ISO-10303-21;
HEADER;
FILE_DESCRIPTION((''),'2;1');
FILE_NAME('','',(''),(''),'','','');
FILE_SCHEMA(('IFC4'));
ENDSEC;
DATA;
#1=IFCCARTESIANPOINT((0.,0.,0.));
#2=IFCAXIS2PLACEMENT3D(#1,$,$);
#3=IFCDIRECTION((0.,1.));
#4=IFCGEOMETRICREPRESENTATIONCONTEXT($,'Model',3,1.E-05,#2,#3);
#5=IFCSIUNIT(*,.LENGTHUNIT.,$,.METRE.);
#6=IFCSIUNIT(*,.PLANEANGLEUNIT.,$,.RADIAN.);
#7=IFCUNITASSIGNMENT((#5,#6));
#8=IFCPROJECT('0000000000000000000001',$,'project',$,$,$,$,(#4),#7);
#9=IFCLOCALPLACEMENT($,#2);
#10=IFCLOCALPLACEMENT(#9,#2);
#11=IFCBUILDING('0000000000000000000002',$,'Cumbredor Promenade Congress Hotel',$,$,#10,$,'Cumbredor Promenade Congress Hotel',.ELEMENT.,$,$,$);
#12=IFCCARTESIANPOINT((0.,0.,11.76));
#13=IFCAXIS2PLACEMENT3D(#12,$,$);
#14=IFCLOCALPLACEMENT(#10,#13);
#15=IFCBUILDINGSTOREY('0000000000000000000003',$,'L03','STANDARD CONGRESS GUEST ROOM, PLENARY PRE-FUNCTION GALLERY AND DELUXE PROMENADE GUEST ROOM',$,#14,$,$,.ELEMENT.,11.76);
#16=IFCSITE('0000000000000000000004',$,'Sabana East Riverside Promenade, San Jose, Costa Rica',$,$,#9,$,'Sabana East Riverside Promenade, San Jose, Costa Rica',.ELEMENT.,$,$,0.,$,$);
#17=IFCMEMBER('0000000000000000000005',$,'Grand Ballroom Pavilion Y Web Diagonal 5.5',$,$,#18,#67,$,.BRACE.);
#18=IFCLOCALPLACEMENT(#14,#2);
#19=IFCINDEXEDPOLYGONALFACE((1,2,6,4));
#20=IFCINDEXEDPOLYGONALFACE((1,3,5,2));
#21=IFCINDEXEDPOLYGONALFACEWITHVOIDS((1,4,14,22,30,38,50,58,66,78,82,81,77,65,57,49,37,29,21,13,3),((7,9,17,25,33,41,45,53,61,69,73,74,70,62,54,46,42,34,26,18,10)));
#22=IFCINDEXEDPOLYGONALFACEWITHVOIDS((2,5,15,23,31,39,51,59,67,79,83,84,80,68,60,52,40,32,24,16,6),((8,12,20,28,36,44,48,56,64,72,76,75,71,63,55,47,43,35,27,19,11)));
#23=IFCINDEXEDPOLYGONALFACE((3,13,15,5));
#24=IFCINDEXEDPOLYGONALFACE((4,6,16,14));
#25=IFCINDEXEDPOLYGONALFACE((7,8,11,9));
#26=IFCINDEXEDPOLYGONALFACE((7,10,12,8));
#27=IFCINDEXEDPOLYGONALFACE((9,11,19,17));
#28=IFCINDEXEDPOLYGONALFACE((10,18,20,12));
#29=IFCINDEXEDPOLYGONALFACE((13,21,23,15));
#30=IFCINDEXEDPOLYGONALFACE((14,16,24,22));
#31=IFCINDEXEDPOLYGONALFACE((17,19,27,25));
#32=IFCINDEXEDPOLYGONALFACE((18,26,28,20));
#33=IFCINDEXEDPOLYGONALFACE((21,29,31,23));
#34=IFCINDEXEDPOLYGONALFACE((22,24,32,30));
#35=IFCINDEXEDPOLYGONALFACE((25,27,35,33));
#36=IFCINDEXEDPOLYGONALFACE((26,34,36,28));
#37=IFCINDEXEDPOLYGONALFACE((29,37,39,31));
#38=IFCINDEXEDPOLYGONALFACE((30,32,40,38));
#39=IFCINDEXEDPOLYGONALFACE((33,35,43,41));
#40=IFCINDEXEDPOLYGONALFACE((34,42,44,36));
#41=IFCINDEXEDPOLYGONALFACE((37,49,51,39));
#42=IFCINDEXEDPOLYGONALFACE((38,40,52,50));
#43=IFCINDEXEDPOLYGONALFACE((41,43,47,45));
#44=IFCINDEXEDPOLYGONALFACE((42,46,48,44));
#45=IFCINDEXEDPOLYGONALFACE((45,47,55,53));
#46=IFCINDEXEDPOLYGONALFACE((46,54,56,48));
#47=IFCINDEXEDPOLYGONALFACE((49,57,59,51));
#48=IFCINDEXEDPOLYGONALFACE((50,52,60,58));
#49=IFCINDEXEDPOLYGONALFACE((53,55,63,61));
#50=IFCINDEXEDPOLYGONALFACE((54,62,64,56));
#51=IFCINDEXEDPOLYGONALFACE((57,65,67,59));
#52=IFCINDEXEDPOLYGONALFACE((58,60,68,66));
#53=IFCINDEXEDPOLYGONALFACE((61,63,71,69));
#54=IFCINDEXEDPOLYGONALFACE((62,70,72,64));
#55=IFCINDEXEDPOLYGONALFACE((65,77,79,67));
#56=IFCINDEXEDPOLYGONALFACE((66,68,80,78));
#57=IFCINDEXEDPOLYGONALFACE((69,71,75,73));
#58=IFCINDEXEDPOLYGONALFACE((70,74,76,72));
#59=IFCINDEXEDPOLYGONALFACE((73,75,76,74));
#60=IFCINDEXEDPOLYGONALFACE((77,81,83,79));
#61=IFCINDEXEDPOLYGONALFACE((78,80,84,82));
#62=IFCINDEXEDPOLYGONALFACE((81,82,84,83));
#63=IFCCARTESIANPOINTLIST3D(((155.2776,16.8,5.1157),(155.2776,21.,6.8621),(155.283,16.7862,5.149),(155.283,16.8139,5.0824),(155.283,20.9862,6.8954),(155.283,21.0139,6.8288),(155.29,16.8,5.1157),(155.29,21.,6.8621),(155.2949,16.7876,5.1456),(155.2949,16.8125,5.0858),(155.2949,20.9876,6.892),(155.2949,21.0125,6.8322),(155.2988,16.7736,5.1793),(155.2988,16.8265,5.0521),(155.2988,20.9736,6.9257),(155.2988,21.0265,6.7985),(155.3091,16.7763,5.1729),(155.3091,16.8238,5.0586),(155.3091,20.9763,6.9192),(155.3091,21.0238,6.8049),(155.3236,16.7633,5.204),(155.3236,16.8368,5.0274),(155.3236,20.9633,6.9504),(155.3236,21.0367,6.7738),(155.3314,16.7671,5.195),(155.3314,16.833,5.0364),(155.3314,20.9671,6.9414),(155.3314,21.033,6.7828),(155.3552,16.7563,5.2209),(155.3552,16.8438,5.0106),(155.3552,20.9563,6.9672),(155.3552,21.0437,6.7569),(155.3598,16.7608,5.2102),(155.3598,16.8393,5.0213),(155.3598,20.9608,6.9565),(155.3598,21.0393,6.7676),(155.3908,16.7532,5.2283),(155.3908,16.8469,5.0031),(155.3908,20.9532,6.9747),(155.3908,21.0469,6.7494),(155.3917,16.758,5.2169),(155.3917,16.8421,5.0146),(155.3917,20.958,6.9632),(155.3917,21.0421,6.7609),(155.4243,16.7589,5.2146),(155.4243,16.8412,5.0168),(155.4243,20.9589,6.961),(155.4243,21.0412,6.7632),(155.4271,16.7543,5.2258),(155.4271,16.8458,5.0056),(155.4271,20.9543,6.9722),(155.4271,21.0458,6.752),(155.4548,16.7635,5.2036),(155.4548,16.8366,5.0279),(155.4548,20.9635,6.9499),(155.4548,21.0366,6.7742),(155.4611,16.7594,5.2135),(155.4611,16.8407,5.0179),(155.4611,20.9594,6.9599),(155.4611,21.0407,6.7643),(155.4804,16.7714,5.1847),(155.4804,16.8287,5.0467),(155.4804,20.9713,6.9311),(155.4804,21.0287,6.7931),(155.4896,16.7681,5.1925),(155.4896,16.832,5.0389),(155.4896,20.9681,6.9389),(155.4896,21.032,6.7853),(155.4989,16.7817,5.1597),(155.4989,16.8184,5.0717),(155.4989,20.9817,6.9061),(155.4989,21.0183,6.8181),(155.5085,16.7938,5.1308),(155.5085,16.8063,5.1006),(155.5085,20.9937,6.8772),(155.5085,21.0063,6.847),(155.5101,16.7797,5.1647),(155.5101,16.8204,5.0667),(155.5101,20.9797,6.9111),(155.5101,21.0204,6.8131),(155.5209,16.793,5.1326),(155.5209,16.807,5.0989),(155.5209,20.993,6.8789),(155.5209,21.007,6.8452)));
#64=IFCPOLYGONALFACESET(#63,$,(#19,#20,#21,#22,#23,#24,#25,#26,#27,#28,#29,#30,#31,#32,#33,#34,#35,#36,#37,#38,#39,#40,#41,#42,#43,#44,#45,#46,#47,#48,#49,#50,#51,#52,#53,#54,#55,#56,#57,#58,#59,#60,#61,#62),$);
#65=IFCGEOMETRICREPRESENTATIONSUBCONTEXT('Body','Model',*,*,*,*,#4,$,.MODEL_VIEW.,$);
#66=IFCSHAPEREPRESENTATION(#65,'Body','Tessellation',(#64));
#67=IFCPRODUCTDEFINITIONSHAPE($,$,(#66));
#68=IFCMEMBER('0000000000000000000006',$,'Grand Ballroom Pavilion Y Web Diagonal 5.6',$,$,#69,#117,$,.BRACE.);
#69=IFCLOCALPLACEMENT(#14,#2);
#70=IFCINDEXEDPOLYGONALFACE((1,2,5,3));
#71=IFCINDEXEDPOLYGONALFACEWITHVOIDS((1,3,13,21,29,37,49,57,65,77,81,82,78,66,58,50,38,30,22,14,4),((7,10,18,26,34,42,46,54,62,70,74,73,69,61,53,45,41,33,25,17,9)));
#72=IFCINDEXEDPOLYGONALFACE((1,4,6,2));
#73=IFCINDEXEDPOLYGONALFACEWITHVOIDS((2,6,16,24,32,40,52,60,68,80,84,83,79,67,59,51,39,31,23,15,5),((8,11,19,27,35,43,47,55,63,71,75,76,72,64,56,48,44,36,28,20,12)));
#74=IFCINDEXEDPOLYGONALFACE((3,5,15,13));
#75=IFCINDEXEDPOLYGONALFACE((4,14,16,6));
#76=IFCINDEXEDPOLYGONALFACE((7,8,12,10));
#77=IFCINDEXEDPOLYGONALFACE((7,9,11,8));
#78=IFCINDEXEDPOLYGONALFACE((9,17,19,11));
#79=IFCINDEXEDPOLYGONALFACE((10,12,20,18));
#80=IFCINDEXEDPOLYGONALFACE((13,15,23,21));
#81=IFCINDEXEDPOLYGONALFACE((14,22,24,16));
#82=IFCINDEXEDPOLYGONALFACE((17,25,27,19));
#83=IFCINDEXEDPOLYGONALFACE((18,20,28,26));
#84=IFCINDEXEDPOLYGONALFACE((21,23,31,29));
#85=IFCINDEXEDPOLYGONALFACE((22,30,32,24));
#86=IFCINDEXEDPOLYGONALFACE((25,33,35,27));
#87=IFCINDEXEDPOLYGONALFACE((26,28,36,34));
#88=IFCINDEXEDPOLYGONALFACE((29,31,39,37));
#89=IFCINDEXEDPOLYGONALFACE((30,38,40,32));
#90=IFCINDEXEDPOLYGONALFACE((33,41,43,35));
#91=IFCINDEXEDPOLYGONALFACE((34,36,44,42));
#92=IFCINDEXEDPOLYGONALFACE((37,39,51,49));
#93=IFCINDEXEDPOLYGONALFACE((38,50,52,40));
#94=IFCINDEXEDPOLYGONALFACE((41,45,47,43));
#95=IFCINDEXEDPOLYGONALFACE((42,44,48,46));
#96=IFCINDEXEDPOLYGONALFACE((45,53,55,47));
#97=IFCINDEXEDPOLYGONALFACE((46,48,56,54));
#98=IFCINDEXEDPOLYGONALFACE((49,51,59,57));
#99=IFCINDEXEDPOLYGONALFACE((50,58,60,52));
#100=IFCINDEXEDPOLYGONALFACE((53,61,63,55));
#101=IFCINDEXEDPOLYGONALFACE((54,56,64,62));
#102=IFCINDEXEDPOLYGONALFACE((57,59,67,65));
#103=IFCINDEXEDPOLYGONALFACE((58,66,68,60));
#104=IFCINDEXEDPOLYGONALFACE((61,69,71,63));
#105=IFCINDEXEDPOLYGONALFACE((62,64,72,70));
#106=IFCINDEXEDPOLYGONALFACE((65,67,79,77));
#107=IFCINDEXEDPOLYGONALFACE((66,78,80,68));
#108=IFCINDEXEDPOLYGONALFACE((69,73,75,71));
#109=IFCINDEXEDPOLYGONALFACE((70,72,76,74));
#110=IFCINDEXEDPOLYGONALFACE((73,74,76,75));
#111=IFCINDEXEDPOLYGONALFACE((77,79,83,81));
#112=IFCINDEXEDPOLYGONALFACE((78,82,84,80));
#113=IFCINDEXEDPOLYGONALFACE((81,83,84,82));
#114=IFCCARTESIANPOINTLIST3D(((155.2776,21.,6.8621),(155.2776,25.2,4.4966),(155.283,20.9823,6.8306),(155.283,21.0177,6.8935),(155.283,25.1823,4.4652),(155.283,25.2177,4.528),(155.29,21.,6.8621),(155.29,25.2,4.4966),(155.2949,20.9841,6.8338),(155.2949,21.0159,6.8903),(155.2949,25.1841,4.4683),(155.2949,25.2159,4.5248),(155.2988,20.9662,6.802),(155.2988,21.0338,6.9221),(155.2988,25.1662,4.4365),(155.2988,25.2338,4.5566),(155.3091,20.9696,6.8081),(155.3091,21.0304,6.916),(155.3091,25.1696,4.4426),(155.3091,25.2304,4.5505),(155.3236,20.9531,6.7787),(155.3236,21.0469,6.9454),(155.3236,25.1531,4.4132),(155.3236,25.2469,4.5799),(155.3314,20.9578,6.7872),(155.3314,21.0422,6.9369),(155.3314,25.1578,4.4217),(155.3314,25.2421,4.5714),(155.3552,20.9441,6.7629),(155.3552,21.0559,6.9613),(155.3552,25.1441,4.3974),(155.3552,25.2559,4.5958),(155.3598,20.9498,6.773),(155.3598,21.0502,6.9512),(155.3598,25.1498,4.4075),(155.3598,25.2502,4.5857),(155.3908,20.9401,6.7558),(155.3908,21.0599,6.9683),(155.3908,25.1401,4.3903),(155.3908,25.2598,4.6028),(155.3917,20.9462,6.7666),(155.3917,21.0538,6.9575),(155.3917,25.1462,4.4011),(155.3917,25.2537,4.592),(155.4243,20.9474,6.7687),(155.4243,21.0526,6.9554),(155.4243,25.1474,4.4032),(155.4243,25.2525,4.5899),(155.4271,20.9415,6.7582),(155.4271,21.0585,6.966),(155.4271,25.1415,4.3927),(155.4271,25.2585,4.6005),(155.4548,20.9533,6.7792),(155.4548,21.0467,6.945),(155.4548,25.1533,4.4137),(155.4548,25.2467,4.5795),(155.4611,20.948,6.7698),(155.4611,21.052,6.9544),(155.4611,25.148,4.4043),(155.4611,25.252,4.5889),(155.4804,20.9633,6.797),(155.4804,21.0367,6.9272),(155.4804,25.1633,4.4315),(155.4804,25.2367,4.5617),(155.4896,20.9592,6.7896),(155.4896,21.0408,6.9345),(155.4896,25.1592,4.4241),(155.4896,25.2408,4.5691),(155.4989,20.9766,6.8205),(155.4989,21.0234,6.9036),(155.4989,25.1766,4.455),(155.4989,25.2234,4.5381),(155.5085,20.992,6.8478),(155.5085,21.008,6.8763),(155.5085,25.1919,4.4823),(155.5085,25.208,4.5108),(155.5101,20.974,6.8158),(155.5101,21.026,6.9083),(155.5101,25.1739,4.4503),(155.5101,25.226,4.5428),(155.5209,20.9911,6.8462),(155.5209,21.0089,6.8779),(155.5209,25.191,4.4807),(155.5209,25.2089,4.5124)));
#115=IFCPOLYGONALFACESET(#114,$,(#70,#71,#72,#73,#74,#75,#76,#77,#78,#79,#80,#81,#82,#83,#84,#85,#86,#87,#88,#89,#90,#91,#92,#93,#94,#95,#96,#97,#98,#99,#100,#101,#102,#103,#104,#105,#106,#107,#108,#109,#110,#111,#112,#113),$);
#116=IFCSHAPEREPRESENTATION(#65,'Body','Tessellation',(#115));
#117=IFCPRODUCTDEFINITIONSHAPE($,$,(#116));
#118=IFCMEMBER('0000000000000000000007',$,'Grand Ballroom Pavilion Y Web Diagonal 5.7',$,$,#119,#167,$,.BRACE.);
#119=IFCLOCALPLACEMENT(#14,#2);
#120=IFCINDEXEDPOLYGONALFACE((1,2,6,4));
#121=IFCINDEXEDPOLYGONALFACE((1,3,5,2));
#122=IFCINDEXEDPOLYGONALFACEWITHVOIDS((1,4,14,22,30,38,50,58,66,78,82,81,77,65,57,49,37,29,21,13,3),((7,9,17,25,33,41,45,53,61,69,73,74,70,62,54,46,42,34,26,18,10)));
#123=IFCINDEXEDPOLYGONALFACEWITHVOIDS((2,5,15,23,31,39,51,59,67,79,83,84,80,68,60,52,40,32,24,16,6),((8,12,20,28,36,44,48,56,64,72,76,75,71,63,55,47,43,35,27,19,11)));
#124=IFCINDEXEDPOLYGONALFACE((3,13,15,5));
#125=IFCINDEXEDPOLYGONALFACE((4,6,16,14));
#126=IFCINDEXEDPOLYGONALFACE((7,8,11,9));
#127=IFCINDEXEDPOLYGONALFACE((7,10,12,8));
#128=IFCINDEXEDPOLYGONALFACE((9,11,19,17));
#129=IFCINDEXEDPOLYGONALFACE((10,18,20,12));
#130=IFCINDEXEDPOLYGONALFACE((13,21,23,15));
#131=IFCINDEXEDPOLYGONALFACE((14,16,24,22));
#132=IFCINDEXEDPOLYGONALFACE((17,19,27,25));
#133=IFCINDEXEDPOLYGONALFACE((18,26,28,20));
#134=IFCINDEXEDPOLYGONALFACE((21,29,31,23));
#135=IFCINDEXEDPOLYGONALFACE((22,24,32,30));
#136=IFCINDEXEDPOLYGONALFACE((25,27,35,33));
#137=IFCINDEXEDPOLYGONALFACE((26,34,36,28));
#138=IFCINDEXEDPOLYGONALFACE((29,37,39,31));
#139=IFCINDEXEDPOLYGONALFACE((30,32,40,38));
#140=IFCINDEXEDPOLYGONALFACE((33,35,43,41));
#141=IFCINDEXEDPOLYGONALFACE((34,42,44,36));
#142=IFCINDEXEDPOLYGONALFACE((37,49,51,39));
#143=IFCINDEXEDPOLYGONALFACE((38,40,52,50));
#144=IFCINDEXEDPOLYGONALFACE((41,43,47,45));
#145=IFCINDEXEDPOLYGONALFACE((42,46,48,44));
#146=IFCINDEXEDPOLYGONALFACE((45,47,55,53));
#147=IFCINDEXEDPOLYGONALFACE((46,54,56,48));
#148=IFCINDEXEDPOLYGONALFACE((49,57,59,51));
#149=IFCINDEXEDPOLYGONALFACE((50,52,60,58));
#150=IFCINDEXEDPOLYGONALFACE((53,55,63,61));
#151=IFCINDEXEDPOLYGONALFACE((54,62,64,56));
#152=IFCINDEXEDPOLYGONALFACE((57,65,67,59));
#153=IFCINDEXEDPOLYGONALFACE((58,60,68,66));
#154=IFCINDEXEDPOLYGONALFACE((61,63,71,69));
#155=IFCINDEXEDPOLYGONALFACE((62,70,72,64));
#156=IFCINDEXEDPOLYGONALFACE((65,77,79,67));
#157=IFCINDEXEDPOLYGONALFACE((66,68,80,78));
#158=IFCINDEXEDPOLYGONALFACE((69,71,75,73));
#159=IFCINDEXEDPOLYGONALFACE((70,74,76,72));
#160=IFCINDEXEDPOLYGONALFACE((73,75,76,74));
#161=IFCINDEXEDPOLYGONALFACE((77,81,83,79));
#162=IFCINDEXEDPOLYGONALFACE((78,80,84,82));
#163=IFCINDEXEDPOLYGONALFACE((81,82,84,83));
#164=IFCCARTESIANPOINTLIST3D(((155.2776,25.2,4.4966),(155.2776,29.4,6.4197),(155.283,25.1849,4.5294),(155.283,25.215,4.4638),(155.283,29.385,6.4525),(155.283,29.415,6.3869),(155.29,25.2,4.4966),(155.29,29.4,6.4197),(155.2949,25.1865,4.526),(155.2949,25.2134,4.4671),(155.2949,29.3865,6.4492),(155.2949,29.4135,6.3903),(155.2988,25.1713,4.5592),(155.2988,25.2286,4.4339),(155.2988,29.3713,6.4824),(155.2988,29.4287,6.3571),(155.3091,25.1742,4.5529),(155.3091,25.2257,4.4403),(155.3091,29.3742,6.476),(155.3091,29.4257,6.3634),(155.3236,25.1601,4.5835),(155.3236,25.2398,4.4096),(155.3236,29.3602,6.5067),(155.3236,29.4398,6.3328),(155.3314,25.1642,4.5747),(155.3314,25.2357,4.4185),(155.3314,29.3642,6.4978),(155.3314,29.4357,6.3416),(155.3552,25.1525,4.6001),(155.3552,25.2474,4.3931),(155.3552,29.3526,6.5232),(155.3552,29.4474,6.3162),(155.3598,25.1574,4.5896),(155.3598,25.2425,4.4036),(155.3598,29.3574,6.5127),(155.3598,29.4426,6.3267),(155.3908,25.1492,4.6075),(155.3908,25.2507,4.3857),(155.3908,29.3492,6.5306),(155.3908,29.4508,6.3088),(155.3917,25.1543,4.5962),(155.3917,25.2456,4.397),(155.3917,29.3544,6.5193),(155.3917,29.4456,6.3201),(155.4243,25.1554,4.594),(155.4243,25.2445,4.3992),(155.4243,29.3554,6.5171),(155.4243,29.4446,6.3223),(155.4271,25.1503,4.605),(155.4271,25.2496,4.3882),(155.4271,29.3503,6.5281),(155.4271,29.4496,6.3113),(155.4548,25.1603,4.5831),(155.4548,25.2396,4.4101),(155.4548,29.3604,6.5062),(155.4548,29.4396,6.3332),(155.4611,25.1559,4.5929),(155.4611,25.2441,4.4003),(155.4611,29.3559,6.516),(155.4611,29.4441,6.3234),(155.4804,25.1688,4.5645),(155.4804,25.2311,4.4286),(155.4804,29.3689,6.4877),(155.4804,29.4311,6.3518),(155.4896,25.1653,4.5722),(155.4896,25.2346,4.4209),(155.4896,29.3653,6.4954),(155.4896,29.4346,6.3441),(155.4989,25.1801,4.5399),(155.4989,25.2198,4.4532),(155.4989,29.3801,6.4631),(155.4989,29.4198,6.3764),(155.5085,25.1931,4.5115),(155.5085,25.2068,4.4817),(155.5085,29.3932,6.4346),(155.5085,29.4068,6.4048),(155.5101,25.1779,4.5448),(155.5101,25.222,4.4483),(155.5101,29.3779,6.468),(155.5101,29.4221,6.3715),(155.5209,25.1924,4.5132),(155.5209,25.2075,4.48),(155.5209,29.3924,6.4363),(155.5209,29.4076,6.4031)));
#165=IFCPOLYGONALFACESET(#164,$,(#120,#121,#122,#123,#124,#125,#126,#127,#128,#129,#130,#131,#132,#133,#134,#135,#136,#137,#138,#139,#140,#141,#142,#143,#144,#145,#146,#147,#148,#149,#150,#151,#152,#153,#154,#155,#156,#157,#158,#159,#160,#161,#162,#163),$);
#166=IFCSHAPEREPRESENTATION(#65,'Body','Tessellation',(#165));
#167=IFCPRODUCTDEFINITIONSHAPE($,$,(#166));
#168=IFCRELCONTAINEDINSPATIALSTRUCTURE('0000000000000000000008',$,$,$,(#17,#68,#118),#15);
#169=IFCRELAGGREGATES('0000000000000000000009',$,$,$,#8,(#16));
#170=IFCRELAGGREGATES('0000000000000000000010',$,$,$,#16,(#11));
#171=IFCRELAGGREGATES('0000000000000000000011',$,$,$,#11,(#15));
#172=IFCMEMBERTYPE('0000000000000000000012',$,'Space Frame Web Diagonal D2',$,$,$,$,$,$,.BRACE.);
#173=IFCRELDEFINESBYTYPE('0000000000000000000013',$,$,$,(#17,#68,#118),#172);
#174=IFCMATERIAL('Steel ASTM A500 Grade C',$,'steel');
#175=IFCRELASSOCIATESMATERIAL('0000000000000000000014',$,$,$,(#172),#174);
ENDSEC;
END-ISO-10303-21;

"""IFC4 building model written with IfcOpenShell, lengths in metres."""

from ifc_helpers import new_model, si_unit, direction, frame, origin, origin_2d, place, context, subcontext, project, spatial, hollow_circle, extrude, material, material_profile, profile_set, type_object, element, save


model = new_model("IFC4")

# Units and contexts
model_context = context("Model", 3, precision=1e-05, world=origin(), true_north=direction((0.0, 1.0)))
body_context = subcontext(model_context, "Body", "Model", "MODEL_VIEW")
ifc_project = project(units=[si_unit("LENGTHUNIT", "METRE"), si_unit("PLANEANGLEUNIT", "RADIAN")], contexts=[model_context])

# Site, building, storey
site_placement = place(None, origin())
site = spatial("IfcSite", under=ifc_project, at=site_placement, Name="Sabana East Riverside Promenade, San Jose, Costa Rica", LongName="Sabana East Riverside Promenade, San Jose, Costa Rica", CompositionType="ELEMENT", RefElevation=0.0)
building_placement = place(site_placement, origin())
building = spatial("IfcBuilding", under=site, at=building_placement, Name="Cumbredor Promenade Congress Hotel", LongName="Cumbredor Promenade Congress Hotel", CompositionType="ELEMENT")
storey_placement = place(building_placement, frame((0.0, 0.0, 11.76)))
storey = spatial("IfcBuildingStorey", under=building, at=storey_placement, Name="L03", Description="STANDARD CONGRESS GUEST ROOM, PLENARY PRE-FUNCTION GALLERY AND DELUXE PROMENADE GUEST ROOM", CompositionType="ELEMENT", Elevation=11.76)

# Members
ifc_material_1 = material(Name="Steel ASTM A500 Grade C", Category="steel")
ifc_material_profile_1 = material_profile(ifc_material_1, hollow_circle(Radius=0.1223, WallThickness=0.0125, at=origin_2d()), Name="CHS 244.5x12.5")
ifc_profile_set_1 = profile_set([ifc_material_profile_1], Name="Steel ASTM A500 Grade C")
member_type_1 = type_object("IfcMemberType", Name="Space Frame Web Diagonal D2", PredefinedType="BRACE", material=ifc_profile_set_1)
member_1_placement = place(storey_placement, frame((155.3999, 16.8, 5.1157), z_axis=(0.0, 0.923361, 0.383933), x_axis=(-1.0, 0.0, 0.0)))
element("IfcMember", 1, at=member_1_placement, inside=storey, type_object=member_type_1, Name="Grand Ballroom Pavilion Y Web Diagonal 5.5", PredefinedType="BRACE", context=body_context, shape_type="SweptSolid", body=[
    extrude(hollow_circle(Radius=0.1223, WallThickness=0.0125, at=origin_2d()), origin(), (0.0, 0.0, 1.0), 4.5486),
])
member_2_placement = place(storey_placement, frame((155.3999, 21.0, 6.8621), z_axis=(0.0, 0.871309, -0.490735), x_axis=(-1.0, 0.0, 0.0)))
element("IfcMember", 2, at=member_2_placement, inside=storey, type_object=member_type_1, Name="Grand Ballroom Pavilion Y Web Diagonal 5.6", PredefinedType="BRACE", context=body_context, shape_type="SweptSolid", body=[
    extrude(hollow_circle(Radius=0.1223, WallThickness=0.0125, at=origin_2d()), origin(), (0.0, 0.0, 1.0), 4.8203),
])
member_3_placement = place(storey_placement, frame((155.3999, 25.2, 4.4966), z_axis=(0.0, 0.909219, 0.416318), x_axis=(-1.0, 0.0, 0.0)))
element("IfcMember", 3, at=member_3_placement, inside=storey, type_object=member_type_1, Name="Grand Ballroom Pavilion Y Web Diagonal 5.7", PredefinedType="BRACE", context=body_context, shape_type="SweptSolid", body=[
    extrude(hollow_circle(Radius=0.1223, WallThickness=0.0125, at=origin_2d()), origin(), (0.0, 0.0, 1.0), 4.6194),
])

save(model, "model.ifc")
